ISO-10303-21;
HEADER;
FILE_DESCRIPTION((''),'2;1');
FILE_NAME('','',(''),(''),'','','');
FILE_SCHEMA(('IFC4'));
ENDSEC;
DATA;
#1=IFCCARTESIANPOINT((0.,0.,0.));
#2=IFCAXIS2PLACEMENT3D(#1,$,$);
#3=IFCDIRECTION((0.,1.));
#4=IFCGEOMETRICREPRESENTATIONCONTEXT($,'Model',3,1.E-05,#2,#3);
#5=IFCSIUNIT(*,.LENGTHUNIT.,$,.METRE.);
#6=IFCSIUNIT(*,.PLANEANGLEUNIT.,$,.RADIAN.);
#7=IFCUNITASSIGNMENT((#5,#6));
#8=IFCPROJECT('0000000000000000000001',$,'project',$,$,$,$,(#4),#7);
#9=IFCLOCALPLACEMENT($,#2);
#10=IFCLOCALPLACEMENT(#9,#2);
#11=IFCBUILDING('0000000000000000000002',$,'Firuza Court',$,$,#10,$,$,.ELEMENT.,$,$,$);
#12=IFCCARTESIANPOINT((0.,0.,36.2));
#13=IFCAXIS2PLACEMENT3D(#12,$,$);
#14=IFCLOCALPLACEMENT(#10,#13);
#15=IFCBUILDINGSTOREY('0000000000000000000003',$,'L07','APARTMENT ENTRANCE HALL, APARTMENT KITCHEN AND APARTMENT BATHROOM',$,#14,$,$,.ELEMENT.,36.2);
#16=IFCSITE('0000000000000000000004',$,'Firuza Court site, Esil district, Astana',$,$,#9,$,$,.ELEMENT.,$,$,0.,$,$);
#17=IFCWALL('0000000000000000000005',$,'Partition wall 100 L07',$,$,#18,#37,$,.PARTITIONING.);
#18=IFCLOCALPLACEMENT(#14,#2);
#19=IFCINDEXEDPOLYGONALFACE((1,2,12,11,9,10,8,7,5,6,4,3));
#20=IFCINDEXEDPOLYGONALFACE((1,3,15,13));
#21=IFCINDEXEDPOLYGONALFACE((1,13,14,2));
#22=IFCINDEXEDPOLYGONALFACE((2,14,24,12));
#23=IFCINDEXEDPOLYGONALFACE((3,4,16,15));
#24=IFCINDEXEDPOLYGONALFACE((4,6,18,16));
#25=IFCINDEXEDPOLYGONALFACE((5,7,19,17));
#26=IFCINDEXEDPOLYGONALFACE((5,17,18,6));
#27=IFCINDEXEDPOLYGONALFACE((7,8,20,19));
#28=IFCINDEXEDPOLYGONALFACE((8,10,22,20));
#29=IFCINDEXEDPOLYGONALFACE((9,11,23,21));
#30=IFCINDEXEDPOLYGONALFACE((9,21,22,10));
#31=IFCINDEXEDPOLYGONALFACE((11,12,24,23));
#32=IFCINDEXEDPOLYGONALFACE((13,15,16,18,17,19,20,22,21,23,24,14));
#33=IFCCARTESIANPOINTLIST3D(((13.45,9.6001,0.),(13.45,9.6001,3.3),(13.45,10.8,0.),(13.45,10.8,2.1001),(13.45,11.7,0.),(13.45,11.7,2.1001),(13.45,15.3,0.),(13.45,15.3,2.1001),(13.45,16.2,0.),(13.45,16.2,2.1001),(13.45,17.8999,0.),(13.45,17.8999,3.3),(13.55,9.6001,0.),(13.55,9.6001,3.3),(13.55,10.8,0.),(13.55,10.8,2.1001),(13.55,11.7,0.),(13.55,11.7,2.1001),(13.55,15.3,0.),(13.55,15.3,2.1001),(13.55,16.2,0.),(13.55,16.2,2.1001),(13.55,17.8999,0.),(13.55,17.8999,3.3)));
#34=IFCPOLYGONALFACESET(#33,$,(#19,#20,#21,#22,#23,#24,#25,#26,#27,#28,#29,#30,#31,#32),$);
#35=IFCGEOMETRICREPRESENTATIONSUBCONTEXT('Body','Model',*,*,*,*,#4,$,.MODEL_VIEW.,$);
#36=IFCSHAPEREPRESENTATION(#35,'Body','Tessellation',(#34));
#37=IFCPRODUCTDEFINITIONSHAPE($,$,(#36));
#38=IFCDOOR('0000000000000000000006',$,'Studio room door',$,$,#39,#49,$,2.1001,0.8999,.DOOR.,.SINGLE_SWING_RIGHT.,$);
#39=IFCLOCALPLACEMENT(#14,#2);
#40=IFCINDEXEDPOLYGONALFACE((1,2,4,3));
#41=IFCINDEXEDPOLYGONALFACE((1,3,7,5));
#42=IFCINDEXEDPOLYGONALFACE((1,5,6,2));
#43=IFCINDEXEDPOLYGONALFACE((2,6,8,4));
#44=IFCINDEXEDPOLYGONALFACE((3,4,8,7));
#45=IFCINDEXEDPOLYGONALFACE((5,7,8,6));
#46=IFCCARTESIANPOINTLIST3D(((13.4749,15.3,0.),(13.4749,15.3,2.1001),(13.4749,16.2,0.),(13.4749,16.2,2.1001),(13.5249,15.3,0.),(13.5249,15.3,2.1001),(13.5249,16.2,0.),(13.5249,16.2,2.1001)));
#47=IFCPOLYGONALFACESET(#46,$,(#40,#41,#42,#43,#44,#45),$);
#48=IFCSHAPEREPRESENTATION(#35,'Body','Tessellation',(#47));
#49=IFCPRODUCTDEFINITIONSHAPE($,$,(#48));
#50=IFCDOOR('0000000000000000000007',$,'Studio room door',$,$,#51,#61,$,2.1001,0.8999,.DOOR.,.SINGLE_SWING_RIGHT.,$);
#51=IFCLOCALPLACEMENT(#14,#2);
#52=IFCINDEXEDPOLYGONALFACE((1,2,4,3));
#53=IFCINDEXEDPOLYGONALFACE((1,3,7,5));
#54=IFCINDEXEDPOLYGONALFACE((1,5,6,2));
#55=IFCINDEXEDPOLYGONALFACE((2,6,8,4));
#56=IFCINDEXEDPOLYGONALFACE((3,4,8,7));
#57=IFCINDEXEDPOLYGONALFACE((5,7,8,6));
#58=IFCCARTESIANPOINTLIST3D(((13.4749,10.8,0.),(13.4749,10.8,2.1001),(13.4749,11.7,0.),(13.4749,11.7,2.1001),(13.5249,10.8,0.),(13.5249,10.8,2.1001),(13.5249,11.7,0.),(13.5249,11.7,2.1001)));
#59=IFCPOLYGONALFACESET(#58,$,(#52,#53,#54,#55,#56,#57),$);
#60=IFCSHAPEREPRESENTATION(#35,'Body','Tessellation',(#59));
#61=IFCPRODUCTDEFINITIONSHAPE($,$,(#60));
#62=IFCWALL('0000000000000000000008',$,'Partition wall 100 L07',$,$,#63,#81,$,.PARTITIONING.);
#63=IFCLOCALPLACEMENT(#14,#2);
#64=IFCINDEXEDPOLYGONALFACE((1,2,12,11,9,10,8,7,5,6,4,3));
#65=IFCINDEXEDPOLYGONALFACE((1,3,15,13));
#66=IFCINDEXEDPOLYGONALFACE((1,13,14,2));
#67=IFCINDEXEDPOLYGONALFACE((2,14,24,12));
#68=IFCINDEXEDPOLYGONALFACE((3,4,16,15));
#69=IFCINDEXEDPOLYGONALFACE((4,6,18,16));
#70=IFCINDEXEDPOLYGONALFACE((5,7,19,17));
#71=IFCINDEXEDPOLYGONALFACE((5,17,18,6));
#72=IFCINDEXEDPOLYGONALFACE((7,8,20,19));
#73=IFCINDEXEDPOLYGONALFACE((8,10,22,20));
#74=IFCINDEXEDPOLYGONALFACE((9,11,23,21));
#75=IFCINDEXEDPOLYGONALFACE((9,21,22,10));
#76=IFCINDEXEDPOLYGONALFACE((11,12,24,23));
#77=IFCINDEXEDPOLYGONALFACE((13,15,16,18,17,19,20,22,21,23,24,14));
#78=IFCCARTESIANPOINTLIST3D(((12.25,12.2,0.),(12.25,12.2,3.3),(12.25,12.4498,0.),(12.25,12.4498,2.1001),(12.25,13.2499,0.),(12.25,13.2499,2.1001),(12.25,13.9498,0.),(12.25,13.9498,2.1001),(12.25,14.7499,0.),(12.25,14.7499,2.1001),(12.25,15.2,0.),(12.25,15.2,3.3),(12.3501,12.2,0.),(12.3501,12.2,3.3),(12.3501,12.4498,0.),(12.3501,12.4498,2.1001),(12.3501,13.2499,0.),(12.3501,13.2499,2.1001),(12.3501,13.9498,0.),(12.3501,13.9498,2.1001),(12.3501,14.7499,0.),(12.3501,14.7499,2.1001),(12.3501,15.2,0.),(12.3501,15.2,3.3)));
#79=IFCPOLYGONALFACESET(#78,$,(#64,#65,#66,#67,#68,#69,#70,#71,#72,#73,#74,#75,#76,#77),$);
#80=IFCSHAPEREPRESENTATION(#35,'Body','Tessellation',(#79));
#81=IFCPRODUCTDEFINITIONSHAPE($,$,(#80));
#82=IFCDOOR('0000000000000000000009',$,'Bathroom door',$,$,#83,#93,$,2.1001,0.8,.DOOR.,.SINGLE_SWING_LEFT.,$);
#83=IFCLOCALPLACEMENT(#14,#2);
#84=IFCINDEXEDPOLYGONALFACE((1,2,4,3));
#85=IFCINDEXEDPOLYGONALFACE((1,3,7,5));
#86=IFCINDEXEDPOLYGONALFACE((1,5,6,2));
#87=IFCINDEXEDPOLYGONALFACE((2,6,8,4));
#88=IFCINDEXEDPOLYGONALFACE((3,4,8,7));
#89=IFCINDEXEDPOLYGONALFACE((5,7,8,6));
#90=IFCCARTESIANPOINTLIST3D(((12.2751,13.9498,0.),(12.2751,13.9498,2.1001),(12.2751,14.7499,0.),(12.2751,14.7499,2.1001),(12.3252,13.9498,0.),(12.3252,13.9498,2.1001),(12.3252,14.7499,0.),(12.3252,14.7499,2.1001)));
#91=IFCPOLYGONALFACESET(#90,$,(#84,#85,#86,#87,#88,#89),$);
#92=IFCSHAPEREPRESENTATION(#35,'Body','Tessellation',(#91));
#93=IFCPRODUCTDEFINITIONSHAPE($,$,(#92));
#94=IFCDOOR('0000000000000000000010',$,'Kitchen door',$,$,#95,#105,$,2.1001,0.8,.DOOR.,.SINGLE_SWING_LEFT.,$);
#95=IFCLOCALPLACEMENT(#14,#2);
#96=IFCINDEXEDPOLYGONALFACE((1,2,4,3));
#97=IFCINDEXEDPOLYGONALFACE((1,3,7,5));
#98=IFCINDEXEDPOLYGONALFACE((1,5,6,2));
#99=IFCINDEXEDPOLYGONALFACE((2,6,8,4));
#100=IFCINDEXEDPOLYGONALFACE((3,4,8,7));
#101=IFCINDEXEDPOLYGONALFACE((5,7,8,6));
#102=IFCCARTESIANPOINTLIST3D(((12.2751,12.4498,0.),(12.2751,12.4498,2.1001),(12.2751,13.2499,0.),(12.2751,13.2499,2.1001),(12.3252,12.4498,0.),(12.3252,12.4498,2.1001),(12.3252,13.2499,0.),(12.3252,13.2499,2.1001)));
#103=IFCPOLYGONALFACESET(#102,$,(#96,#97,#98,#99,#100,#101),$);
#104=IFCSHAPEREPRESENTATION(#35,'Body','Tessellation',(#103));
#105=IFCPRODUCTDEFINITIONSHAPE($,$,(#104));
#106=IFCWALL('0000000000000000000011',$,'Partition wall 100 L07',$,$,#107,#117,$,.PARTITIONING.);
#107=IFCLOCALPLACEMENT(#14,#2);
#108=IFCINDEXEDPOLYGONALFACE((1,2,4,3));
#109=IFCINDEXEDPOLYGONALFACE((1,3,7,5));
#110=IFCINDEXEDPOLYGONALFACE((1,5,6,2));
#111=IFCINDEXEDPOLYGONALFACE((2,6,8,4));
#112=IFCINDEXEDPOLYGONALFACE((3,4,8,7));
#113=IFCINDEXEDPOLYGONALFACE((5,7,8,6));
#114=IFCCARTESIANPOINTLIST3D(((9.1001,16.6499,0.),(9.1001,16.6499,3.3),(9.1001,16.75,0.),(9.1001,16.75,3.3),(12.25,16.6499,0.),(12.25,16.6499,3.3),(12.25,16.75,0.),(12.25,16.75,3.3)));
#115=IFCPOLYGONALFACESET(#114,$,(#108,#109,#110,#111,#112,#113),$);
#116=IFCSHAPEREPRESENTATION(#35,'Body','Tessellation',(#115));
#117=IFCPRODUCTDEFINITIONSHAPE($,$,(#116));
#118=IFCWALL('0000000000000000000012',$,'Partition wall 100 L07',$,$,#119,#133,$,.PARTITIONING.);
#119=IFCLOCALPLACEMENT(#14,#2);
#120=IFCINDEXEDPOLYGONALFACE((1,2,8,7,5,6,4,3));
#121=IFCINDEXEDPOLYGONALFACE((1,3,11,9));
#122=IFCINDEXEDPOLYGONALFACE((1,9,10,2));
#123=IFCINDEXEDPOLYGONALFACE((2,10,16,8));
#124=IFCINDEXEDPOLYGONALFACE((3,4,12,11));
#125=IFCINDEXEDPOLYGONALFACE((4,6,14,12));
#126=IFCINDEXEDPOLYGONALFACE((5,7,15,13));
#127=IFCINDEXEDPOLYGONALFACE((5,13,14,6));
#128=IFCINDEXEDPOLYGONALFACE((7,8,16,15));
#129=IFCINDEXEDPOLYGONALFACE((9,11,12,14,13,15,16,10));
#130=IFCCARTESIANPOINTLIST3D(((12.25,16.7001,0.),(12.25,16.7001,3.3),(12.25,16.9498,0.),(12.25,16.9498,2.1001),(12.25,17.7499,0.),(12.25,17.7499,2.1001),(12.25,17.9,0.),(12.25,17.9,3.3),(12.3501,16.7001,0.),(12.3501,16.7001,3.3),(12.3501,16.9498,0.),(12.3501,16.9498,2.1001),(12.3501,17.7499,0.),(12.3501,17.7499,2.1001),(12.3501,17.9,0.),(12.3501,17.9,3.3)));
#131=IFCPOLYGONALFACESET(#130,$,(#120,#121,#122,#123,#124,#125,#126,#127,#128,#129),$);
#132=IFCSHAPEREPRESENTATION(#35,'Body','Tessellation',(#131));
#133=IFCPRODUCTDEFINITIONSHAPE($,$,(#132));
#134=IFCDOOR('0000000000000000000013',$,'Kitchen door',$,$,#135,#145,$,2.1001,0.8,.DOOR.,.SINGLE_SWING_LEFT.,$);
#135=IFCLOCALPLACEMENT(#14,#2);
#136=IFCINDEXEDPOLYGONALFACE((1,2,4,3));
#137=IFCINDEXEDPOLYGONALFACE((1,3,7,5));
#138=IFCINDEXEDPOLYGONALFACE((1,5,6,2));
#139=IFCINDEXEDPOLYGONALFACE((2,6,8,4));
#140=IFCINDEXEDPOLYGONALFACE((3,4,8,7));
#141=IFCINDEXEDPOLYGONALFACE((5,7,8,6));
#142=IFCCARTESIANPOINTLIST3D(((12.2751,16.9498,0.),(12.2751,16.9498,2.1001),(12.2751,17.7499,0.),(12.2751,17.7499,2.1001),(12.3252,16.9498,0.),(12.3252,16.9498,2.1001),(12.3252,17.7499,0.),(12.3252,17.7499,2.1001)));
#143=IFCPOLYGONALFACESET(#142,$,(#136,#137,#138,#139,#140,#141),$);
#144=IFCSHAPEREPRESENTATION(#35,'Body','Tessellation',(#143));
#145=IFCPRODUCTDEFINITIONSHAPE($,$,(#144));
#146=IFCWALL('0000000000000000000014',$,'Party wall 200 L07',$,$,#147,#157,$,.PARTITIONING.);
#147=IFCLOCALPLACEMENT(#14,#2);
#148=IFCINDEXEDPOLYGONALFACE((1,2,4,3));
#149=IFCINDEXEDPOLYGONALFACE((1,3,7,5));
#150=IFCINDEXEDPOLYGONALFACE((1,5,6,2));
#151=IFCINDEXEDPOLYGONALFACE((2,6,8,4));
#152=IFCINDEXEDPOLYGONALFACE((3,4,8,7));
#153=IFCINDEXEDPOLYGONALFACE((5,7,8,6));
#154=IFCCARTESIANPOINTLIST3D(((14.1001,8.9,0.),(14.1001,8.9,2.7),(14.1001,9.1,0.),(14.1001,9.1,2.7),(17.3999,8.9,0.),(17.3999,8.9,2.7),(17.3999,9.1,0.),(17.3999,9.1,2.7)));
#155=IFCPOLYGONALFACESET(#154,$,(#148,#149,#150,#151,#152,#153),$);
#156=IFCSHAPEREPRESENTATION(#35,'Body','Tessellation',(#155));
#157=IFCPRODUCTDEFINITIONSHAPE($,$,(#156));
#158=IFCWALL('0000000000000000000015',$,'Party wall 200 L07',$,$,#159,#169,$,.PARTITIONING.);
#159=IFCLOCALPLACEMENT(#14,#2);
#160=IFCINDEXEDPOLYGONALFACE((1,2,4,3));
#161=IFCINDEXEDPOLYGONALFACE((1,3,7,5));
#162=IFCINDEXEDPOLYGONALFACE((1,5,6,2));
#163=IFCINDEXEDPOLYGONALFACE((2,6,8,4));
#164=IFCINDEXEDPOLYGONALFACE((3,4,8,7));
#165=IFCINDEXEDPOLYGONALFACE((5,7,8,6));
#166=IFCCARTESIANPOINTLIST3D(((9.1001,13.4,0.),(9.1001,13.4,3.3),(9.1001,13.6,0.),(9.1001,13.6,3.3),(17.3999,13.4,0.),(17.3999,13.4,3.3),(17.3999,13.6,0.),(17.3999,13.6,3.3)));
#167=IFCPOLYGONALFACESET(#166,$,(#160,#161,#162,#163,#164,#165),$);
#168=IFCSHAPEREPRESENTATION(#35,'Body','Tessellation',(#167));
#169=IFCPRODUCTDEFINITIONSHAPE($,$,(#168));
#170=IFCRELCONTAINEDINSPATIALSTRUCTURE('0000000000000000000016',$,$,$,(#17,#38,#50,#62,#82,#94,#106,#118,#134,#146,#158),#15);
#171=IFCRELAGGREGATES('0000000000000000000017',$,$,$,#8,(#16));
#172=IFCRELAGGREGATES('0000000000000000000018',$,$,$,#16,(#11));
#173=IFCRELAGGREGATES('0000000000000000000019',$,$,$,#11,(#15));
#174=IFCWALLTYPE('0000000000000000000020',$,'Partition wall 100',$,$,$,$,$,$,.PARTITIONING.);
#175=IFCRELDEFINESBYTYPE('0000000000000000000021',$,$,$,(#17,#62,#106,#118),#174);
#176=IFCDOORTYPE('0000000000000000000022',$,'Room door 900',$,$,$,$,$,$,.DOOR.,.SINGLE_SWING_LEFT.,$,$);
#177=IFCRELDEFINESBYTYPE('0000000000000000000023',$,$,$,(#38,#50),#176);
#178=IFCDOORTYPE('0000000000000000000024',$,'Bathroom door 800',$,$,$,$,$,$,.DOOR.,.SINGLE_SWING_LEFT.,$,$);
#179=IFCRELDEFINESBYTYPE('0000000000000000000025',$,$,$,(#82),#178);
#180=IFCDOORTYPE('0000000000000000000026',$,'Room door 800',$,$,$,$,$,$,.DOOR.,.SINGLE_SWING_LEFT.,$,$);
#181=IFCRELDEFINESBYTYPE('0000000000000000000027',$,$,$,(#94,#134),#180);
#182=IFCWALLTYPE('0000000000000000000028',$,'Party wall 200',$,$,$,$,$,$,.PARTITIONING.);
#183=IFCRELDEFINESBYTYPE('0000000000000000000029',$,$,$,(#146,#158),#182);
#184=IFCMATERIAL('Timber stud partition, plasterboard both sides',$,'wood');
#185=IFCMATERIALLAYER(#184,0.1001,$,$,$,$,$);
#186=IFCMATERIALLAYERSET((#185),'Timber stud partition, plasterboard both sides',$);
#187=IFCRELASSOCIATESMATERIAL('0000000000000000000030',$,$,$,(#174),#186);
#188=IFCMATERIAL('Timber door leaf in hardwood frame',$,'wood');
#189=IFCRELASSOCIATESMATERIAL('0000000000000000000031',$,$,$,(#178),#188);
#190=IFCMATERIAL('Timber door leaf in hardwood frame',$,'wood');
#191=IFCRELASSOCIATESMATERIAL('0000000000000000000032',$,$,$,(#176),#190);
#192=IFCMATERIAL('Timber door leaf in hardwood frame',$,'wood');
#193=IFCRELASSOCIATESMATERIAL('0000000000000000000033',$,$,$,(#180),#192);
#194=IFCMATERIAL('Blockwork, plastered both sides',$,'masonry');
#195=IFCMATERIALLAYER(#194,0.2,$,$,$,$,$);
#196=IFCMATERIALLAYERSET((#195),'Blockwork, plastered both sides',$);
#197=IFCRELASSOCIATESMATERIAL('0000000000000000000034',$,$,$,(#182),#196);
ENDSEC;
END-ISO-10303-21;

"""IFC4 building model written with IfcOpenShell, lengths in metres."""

from ifc_helpers import new_model, si_unit, direction, frame, frame_2d, origin, place, context, subcontext, project, spatial, rectangle, extrude, material, layer, layer_set, type_object, element, fill, save


model = new_model("IFC4")

# Units and contexts
model_context = context("Model", 3, precision=1e-05, world=origin(), true_north=direction((0.0, 1.0)))
body_context = subcontext(model_context, "Body", "Model", "MODEL_VIEW")
ifc_project = project(units=[si_unit("LENGTHUNIT", "METRE"), si_unit("PLANEANGLEUNIT", "RADIAN")], contexts=[model_context])

# Site, building, storey
site_placement = place(None, origin())
site = spatial("IfcSite", under=ifc_project, at=site_placement, Name="Firuza Court site, Esil district, Astana", CompositionType="ELEMENT", RefElevation=0.0)
building_placement = place(site_placement, origin())
building = spatial("IfcBuilding", under=site, at=building_placement, Name="Firuza Court", CompositionType="ELEMENT")
storey_placement = place(building_placement, frame((0.0, 0.0, 36.2)))
storey = spatial("IfcBuildingStorey", under=building, at=storey_placement, Name="L07", Description="APARTMENT ENTRANCE HALL, APARTMENT KITCHEN AND APARTMENT BATHROOM", CompositionType="ELEMENT", Elevation=36.2)

# Shared definitions
ifc_material_1 = material(Name="Timber stud partition, plasterboard both sides", Category="wood")
ifc_layer_1 = layer(ifc_material_1, 0.1001)
ifc_layer_set_1 = layer_set([ifc_layer_1], Name="Timber stud partition, plasterboard both sides")
wall_type_1 = type_object("IfcWallType", Name="Partition wall 100", PredefinedType="PARTITIONING", material=ifc_layer_set_1)

# Shared definitions
ifc_material_2 = material(Name="Timber door leaf in hardwood frame", Category="wood")
door_type_1 = type_object("IfcDoorType", Name="Bathroom door 800", OperationType="SINGLE_SWING_LEFT", PredefinedType="DOOR", material=ifc_material_2)

# Walls, openings, doors
wall_1_placement = place(storey_placement, frame((13.5, 9.6001, 0.0), z_axis=(0.0, 0.0, 1.0), x_axis=(0.0, 1.0, 0.0)))
wall_1 = element("IfcWall", 1, at=wall_1_placement, inside=storey, type_object=wall_type_1, Name="Partition wall 100 L07", PredefinedType="PARTITIONING", context=body_context, shape_type="SweptSolid", body=[
    extrude(rectangle(XDim=8.2998, YDim=0.1001, at=frame_2d((4.1499, 0.0))), origin(), (0.0, 0.0, 1.0), 3.3),
])
opening_1_placement = place(wall_1_placement, frame((5.7, 0.0, 0.0)))
opening_1 = element("IfcOpeningElement", 2, at=opening_1_placement, cuts=wall_1, PredefinedType="OPENING", context=body_context, shape_type="SweptSolid", body=[
    extrude(rectangle(XDim=0.8999, YDim=2.1001, at=frame_2d((0.45, 1.05))), frame((0.0, 0.062, 0.0), z_axis=(0.0, -1.0, 0.0), x_axis=(1.0, 0.0, 0.0)), (0.0, 0.0, 1.0), 0.124),
])
opening_2_placement = place(wall_1_placement, frame((1.2, 0.0, 0.0)))
opening_2 = element("IfcOpeningElement", 3, at=opening_2_placement, cuts=wall_1, PredefinedType="OPENING", context=body_context, shape_type="SweptSolid", body=[
    extrude(rectangle(XDim=0.8999, YDim=2.1001, at=frame_2d((0.45, 1.05))), frame((0.0, 0.062, 0.0), z_axis=(0.0, -1.0, 0.0), x_axis=(1.0, 0.0, 0.0)), (0.0, 0.0, 1.0), 0.124),
])
ifc_material_3 = material(Name="Timber door leaf in hardwood frame", Category="wood")
door_type_2 = type_object("IfcDoorType", Name="Room door 900", OperationType="SINGLE_SWING_LEFT", PredefinedType="DOOR", material=ifc_material_3)
door_1_placement = place(opening_1_placement, frame((0.8999, 0.0, 0.0), z_axis=(0.0, 0.0, 1.0), x_axis=(-1.0, 0.0, 0.0)))
door_1 = element("IfcDoor", 4, at=door_1_placement, inside=storey, type_object=door_type_2, Name="Studio room door", OperationType="SINGLE_SWING_RIGHT", OverallHeight=2.1001, OverallWidth=0.8999, PredefinedType="DOOR", context=body_context, shape_type="SweptSolid", body=[
    extrude(rectangle(XDim=0.8999, YDim=2.1001, at=frame_2d((0.45, 1.05))), frame((0.0, 0.0249, 0.0), z_axis=(0.0, -1.0, 0.0), x_axis=(1.0, 0.0, 0.0)), (0.0, 0.0, 1.0), 0.05),
])
fill(opening_1, door_1)
door_2_placement = place(opening_2_placement, frame((0.8999, 0.0, 0.0), z_axis=(0.0, 0.0, 1.0), x_axis=(-1.0, 0.0, 0.0)))
door_2 = element("IfcDoor", 5, at=door_2_placement, inside=storey, type_object=door_type_2, Name="Studio room door", OperationType="SINGLE_SWING_RIGHT", OverallHeight=2.1001, OverallWidth=0.8999, PredefinedType="DOOR", context=body_context, shape_type="SweptSolid", body=[
    extrude(rectangle(XDim=0.8999, YDim=2.1001, at=frame_2d((0.45, 1.05))), frame((0.0, 0.0249, 0.0), z_axis=(0.0, -1.0, 0.0), x_axis=(1.0, 0.0, 0.0)), (0.0, 0.0, 1.0), 0.05),
])
fill(opening_2, door_2)
wall_2_placement = place(storey_placement, frame((12.3, 12.2, 0.0), z_axis=(0.0, 0.0, 1.0), x_axis=(0.0, 1.0, 0.0)))
wall_2 = element("IfcWall", 6, at=wall_2_placement, inside=storey, type_object=wall_type_1, Name="Partition wall 100 L07", PredefinedType="PARTITIONING", context=body_context, shape_type="SweptSolid", body=[
    extrude(rectangle(XDim=3.0, YDim=0.1001, at=frame_2d((1.5, 0.0))), origin(), (0.0, 0.0, 1.0), 3.3),
])
opening_3_placement = place(wall_2_placement, frame((1.75, 0.0, 0.0)))
opening_3 = element("IfcOpeningElement", 7, at=opening_3_placement, cuts=wall_2, PredefinedType="OPENING", context=body_context, shape_type="SweptSolid", body=[
    extrude(rectangle(XDim=0.8, YDim=2.1001, at=frame_2d((0.3999, 1.05))), frame((0.0, 0.062, 0.0), z_axis=(0.0, -1.0, 0.0), x_axis=(1.0, 0.0, 0.0)), (0.0, 0.0, 1.0), 0.124),
])
opening_4_placement = place(wall_2_placement, frame((0.25, 0.0, 0.0)))
opening_4 = element("IfcOpeningElement", 8, at=opening_4_placement, cuts=wall_2, PredefinedType="OPENING", context=body_context, shape_type="SweptSolid", body=[
    extrude(rectangle(XDim=0.8, YDim=2.1001, at=frame_2d((0.3999, 1.05))), frame((0.0, 0.062, 0.0), z_axis=(0.0, -1.0, 0.0), x_axis=(1.0, 0.0, 0.0)), (0.0, 0.0, 1.0), 0.124),
])
door_3_placement = place(opening_3_placement, origin())
door_3 = element("IfcDoor", 9, at=door_3_placement, inside=storey, type_object=door_type_1, Name="Bathroom door", OperationType="SINGLE_SWING_LEFT", OverallHeight=2.1001, OverallWidth=0.8, PredefinedType="DOOR", context=body_context, shape_type="SweptSolid", body=[
    extrude(rectangle(XDim=0.8, YDim=2.1001, at=frame_2d((0.3999, 1.05))), frame((0.0, 0.0249, 0.0), z_axis=(0.0, -1.0, 0.0), x_axis=(1.0, 0.0, 0.0)), (0.0, 0.0, 1.0), 0.05),
])
fill(opening_3, door_3)
ifc_material_4 = material(Name="Timber door leaf in hardwood frame", Category="wood")
door_type_3 = type_object("IfcDoorType", Name="Room door 800", OperationType="SINGLE_SWING_LEFT", PredefinedType="DOOR", material=ifc_material_4)
door_4_placement = place(opening_4_placement, origin())
door_4 = element("IfcDoor", 10, at=door_4_placement, inside=storey, type_object=door_type_3, Name="Kitchen door", OperationType="SINGLE_SWING_LEFT", OverallHeight=2.1001, OverallWidth=0.8, PredefinedType="DOOR", context=body_context, shape_type="SweptSolid", body=[
    extrude(rectangle(XDim=0.8, YDim=2.1001, at=frame_2d((0.3999, 1.05))), frame((0.0, 0.0249, 0.0), z_axis=(0.0, -1.0, 0.0), x_axis=(1.0, 0.0, 0.0)), (0.0, 0.0, 1.0), 0.05),
])
fill(opening_4, door_4)

# Wall
wall_3_placement = place(storey_placement, frame((9.1001, 16.7, 0.0), z_axis=(0.0, 0.0, 1.0), x_axis=(1.0, 0.0, 0.0)))
element("IfcWall", 11, at=wall_3_placement, inside=storey, type_object=wall_type_1, Name="Partition wall 100 L07", PredefinedType="PARTITIONING", context=body_context, shape_type="SweptSolid", body=[
    extrude(rectangle(XDim=3.1499, YDim=0.1001, at=frame_2d((1.575, 0.0))), origin(), (0.0, 0.0, 1.0), 3.3),
])

# Wall, opening, door
wall_4_placement = place(storey_placement, frame((12.3, 16.7, 0.0), z_axis=(0.0, 0.0, 1.0), x_axis=(0.0, 1.0, 0.0)))
wall_4 = element("IfcWall", 12, at=wall_4_placement, inside=storey, type_object=wall_type_1, Name="Partition wall 100 L07", PredefinedType="PARTITIONING", context=body_context, shape_type="SweptSolid", body=[
    extrude(rectangle(XDim=1.2, YDim=0.1001, at=frame_2d((0.6001, 0.0))), origin(), (0.0, 0.0, 1.0), 3.3),
])
opening_5_placement = place(wall_4_placement, frame((0.25, 0.0, 0.0)))
opening_5 = element("IfcOpeningElement", 13, at=opening_5_placement, cuts=wall_4, PredefinedType="OPENING", context=body_context, shape_type="SweptSolid", body=[
    extrude(rectangle(XDim=0.8, YDim=2.1001, at=frame_2d((0.3999, 1.05))), frame((0.0, 0.062, 0.0), z_axis=(0.0, -1.0, 0.0), x_axis=(1.0, 0.0, 0.0)), (0.0, 0.0, 1.0), 0.124),
])
door_5_placement = place(opening_5_placement, origin())
door_5 = element("IfcDoor", 14, at=door_5_placement, inside=storey, type_object=door_type_3, Name="Kitchen door", OperationType="SINGLE_SWING_LEFT", OverallHeight=2.1001, OverallWidth=0.8, PredefinedType="DOOR", context=body_context, shape_type="SweptSolid", body=[
    extrude(rectangle(XDim=0.8, YDim=2.1001, at=frame_2d((0.3999, 1.05))), frame((0.0, 0.0249, 0.0), z_axis=(0.0, -1.0, 0.0), x_axis=(1.0, 0.0, 0.0)), (0.0, 0.0, 1.0), 0.05),
])
fill(opening_5, door_5)

# Walls
ifc_material_5 = material(Name="Blockwork, plastered both sides", Category="masonry")
ifc_layer_2 = layer(ifc_material_5, 0.2)
ifc_layer_set_2 = layer_set([ifc_layer_2], Name="Blockwork, plastered both sides")
wall_type_2 = type_object("IfcWallType", Name="Party wall 200", PredefinedType="PARTITIONING", material=ifc_layer_set_2)
wall_5_placement = place(storey_placement, frame((14.1001, 9.0, 0.0), z_axis=(0.0, 0.0, 1.0), x_axis=(1.0, 0.0, 0.0)))
element("IfcWall", 15, at=wall_5_placement, inside=storey, type_object=wall_type_2, Name="Party wall 200 L07", PredefinedType="PARTITIONING", context=body_context, shape_type="SweptSolid", body=[
    extrude(rectangle(XDim=3.2998, YDim=0.2, at=frame_2d((1.6499, 0.0))), origin(), (0.0, 0.0, 1.0), 2.7),
])
wall_6_placement = place(storey_placement, frame((9.1001, 13.5, 0.0), z_axis=(0.0, 0.0, 1.0), x_axis=(1.0, 0.0, 0.0)))
element("IfcWall", 16, at=wall_6_placement, inside=storey, type_object=wall_type_2, Name="Party wall 200 L07", PredefinedType="PARTITIONING", context=body_context, shape_type="SweptSolid", body=[
    extrude(rectangle(XDim=8.2998, YDim=0.2, at=frame_2d((4.1499, 0.0))), origin(), (0.0, 0.0, 1.0), 3.3),
])

save(model, "model.ifc")
